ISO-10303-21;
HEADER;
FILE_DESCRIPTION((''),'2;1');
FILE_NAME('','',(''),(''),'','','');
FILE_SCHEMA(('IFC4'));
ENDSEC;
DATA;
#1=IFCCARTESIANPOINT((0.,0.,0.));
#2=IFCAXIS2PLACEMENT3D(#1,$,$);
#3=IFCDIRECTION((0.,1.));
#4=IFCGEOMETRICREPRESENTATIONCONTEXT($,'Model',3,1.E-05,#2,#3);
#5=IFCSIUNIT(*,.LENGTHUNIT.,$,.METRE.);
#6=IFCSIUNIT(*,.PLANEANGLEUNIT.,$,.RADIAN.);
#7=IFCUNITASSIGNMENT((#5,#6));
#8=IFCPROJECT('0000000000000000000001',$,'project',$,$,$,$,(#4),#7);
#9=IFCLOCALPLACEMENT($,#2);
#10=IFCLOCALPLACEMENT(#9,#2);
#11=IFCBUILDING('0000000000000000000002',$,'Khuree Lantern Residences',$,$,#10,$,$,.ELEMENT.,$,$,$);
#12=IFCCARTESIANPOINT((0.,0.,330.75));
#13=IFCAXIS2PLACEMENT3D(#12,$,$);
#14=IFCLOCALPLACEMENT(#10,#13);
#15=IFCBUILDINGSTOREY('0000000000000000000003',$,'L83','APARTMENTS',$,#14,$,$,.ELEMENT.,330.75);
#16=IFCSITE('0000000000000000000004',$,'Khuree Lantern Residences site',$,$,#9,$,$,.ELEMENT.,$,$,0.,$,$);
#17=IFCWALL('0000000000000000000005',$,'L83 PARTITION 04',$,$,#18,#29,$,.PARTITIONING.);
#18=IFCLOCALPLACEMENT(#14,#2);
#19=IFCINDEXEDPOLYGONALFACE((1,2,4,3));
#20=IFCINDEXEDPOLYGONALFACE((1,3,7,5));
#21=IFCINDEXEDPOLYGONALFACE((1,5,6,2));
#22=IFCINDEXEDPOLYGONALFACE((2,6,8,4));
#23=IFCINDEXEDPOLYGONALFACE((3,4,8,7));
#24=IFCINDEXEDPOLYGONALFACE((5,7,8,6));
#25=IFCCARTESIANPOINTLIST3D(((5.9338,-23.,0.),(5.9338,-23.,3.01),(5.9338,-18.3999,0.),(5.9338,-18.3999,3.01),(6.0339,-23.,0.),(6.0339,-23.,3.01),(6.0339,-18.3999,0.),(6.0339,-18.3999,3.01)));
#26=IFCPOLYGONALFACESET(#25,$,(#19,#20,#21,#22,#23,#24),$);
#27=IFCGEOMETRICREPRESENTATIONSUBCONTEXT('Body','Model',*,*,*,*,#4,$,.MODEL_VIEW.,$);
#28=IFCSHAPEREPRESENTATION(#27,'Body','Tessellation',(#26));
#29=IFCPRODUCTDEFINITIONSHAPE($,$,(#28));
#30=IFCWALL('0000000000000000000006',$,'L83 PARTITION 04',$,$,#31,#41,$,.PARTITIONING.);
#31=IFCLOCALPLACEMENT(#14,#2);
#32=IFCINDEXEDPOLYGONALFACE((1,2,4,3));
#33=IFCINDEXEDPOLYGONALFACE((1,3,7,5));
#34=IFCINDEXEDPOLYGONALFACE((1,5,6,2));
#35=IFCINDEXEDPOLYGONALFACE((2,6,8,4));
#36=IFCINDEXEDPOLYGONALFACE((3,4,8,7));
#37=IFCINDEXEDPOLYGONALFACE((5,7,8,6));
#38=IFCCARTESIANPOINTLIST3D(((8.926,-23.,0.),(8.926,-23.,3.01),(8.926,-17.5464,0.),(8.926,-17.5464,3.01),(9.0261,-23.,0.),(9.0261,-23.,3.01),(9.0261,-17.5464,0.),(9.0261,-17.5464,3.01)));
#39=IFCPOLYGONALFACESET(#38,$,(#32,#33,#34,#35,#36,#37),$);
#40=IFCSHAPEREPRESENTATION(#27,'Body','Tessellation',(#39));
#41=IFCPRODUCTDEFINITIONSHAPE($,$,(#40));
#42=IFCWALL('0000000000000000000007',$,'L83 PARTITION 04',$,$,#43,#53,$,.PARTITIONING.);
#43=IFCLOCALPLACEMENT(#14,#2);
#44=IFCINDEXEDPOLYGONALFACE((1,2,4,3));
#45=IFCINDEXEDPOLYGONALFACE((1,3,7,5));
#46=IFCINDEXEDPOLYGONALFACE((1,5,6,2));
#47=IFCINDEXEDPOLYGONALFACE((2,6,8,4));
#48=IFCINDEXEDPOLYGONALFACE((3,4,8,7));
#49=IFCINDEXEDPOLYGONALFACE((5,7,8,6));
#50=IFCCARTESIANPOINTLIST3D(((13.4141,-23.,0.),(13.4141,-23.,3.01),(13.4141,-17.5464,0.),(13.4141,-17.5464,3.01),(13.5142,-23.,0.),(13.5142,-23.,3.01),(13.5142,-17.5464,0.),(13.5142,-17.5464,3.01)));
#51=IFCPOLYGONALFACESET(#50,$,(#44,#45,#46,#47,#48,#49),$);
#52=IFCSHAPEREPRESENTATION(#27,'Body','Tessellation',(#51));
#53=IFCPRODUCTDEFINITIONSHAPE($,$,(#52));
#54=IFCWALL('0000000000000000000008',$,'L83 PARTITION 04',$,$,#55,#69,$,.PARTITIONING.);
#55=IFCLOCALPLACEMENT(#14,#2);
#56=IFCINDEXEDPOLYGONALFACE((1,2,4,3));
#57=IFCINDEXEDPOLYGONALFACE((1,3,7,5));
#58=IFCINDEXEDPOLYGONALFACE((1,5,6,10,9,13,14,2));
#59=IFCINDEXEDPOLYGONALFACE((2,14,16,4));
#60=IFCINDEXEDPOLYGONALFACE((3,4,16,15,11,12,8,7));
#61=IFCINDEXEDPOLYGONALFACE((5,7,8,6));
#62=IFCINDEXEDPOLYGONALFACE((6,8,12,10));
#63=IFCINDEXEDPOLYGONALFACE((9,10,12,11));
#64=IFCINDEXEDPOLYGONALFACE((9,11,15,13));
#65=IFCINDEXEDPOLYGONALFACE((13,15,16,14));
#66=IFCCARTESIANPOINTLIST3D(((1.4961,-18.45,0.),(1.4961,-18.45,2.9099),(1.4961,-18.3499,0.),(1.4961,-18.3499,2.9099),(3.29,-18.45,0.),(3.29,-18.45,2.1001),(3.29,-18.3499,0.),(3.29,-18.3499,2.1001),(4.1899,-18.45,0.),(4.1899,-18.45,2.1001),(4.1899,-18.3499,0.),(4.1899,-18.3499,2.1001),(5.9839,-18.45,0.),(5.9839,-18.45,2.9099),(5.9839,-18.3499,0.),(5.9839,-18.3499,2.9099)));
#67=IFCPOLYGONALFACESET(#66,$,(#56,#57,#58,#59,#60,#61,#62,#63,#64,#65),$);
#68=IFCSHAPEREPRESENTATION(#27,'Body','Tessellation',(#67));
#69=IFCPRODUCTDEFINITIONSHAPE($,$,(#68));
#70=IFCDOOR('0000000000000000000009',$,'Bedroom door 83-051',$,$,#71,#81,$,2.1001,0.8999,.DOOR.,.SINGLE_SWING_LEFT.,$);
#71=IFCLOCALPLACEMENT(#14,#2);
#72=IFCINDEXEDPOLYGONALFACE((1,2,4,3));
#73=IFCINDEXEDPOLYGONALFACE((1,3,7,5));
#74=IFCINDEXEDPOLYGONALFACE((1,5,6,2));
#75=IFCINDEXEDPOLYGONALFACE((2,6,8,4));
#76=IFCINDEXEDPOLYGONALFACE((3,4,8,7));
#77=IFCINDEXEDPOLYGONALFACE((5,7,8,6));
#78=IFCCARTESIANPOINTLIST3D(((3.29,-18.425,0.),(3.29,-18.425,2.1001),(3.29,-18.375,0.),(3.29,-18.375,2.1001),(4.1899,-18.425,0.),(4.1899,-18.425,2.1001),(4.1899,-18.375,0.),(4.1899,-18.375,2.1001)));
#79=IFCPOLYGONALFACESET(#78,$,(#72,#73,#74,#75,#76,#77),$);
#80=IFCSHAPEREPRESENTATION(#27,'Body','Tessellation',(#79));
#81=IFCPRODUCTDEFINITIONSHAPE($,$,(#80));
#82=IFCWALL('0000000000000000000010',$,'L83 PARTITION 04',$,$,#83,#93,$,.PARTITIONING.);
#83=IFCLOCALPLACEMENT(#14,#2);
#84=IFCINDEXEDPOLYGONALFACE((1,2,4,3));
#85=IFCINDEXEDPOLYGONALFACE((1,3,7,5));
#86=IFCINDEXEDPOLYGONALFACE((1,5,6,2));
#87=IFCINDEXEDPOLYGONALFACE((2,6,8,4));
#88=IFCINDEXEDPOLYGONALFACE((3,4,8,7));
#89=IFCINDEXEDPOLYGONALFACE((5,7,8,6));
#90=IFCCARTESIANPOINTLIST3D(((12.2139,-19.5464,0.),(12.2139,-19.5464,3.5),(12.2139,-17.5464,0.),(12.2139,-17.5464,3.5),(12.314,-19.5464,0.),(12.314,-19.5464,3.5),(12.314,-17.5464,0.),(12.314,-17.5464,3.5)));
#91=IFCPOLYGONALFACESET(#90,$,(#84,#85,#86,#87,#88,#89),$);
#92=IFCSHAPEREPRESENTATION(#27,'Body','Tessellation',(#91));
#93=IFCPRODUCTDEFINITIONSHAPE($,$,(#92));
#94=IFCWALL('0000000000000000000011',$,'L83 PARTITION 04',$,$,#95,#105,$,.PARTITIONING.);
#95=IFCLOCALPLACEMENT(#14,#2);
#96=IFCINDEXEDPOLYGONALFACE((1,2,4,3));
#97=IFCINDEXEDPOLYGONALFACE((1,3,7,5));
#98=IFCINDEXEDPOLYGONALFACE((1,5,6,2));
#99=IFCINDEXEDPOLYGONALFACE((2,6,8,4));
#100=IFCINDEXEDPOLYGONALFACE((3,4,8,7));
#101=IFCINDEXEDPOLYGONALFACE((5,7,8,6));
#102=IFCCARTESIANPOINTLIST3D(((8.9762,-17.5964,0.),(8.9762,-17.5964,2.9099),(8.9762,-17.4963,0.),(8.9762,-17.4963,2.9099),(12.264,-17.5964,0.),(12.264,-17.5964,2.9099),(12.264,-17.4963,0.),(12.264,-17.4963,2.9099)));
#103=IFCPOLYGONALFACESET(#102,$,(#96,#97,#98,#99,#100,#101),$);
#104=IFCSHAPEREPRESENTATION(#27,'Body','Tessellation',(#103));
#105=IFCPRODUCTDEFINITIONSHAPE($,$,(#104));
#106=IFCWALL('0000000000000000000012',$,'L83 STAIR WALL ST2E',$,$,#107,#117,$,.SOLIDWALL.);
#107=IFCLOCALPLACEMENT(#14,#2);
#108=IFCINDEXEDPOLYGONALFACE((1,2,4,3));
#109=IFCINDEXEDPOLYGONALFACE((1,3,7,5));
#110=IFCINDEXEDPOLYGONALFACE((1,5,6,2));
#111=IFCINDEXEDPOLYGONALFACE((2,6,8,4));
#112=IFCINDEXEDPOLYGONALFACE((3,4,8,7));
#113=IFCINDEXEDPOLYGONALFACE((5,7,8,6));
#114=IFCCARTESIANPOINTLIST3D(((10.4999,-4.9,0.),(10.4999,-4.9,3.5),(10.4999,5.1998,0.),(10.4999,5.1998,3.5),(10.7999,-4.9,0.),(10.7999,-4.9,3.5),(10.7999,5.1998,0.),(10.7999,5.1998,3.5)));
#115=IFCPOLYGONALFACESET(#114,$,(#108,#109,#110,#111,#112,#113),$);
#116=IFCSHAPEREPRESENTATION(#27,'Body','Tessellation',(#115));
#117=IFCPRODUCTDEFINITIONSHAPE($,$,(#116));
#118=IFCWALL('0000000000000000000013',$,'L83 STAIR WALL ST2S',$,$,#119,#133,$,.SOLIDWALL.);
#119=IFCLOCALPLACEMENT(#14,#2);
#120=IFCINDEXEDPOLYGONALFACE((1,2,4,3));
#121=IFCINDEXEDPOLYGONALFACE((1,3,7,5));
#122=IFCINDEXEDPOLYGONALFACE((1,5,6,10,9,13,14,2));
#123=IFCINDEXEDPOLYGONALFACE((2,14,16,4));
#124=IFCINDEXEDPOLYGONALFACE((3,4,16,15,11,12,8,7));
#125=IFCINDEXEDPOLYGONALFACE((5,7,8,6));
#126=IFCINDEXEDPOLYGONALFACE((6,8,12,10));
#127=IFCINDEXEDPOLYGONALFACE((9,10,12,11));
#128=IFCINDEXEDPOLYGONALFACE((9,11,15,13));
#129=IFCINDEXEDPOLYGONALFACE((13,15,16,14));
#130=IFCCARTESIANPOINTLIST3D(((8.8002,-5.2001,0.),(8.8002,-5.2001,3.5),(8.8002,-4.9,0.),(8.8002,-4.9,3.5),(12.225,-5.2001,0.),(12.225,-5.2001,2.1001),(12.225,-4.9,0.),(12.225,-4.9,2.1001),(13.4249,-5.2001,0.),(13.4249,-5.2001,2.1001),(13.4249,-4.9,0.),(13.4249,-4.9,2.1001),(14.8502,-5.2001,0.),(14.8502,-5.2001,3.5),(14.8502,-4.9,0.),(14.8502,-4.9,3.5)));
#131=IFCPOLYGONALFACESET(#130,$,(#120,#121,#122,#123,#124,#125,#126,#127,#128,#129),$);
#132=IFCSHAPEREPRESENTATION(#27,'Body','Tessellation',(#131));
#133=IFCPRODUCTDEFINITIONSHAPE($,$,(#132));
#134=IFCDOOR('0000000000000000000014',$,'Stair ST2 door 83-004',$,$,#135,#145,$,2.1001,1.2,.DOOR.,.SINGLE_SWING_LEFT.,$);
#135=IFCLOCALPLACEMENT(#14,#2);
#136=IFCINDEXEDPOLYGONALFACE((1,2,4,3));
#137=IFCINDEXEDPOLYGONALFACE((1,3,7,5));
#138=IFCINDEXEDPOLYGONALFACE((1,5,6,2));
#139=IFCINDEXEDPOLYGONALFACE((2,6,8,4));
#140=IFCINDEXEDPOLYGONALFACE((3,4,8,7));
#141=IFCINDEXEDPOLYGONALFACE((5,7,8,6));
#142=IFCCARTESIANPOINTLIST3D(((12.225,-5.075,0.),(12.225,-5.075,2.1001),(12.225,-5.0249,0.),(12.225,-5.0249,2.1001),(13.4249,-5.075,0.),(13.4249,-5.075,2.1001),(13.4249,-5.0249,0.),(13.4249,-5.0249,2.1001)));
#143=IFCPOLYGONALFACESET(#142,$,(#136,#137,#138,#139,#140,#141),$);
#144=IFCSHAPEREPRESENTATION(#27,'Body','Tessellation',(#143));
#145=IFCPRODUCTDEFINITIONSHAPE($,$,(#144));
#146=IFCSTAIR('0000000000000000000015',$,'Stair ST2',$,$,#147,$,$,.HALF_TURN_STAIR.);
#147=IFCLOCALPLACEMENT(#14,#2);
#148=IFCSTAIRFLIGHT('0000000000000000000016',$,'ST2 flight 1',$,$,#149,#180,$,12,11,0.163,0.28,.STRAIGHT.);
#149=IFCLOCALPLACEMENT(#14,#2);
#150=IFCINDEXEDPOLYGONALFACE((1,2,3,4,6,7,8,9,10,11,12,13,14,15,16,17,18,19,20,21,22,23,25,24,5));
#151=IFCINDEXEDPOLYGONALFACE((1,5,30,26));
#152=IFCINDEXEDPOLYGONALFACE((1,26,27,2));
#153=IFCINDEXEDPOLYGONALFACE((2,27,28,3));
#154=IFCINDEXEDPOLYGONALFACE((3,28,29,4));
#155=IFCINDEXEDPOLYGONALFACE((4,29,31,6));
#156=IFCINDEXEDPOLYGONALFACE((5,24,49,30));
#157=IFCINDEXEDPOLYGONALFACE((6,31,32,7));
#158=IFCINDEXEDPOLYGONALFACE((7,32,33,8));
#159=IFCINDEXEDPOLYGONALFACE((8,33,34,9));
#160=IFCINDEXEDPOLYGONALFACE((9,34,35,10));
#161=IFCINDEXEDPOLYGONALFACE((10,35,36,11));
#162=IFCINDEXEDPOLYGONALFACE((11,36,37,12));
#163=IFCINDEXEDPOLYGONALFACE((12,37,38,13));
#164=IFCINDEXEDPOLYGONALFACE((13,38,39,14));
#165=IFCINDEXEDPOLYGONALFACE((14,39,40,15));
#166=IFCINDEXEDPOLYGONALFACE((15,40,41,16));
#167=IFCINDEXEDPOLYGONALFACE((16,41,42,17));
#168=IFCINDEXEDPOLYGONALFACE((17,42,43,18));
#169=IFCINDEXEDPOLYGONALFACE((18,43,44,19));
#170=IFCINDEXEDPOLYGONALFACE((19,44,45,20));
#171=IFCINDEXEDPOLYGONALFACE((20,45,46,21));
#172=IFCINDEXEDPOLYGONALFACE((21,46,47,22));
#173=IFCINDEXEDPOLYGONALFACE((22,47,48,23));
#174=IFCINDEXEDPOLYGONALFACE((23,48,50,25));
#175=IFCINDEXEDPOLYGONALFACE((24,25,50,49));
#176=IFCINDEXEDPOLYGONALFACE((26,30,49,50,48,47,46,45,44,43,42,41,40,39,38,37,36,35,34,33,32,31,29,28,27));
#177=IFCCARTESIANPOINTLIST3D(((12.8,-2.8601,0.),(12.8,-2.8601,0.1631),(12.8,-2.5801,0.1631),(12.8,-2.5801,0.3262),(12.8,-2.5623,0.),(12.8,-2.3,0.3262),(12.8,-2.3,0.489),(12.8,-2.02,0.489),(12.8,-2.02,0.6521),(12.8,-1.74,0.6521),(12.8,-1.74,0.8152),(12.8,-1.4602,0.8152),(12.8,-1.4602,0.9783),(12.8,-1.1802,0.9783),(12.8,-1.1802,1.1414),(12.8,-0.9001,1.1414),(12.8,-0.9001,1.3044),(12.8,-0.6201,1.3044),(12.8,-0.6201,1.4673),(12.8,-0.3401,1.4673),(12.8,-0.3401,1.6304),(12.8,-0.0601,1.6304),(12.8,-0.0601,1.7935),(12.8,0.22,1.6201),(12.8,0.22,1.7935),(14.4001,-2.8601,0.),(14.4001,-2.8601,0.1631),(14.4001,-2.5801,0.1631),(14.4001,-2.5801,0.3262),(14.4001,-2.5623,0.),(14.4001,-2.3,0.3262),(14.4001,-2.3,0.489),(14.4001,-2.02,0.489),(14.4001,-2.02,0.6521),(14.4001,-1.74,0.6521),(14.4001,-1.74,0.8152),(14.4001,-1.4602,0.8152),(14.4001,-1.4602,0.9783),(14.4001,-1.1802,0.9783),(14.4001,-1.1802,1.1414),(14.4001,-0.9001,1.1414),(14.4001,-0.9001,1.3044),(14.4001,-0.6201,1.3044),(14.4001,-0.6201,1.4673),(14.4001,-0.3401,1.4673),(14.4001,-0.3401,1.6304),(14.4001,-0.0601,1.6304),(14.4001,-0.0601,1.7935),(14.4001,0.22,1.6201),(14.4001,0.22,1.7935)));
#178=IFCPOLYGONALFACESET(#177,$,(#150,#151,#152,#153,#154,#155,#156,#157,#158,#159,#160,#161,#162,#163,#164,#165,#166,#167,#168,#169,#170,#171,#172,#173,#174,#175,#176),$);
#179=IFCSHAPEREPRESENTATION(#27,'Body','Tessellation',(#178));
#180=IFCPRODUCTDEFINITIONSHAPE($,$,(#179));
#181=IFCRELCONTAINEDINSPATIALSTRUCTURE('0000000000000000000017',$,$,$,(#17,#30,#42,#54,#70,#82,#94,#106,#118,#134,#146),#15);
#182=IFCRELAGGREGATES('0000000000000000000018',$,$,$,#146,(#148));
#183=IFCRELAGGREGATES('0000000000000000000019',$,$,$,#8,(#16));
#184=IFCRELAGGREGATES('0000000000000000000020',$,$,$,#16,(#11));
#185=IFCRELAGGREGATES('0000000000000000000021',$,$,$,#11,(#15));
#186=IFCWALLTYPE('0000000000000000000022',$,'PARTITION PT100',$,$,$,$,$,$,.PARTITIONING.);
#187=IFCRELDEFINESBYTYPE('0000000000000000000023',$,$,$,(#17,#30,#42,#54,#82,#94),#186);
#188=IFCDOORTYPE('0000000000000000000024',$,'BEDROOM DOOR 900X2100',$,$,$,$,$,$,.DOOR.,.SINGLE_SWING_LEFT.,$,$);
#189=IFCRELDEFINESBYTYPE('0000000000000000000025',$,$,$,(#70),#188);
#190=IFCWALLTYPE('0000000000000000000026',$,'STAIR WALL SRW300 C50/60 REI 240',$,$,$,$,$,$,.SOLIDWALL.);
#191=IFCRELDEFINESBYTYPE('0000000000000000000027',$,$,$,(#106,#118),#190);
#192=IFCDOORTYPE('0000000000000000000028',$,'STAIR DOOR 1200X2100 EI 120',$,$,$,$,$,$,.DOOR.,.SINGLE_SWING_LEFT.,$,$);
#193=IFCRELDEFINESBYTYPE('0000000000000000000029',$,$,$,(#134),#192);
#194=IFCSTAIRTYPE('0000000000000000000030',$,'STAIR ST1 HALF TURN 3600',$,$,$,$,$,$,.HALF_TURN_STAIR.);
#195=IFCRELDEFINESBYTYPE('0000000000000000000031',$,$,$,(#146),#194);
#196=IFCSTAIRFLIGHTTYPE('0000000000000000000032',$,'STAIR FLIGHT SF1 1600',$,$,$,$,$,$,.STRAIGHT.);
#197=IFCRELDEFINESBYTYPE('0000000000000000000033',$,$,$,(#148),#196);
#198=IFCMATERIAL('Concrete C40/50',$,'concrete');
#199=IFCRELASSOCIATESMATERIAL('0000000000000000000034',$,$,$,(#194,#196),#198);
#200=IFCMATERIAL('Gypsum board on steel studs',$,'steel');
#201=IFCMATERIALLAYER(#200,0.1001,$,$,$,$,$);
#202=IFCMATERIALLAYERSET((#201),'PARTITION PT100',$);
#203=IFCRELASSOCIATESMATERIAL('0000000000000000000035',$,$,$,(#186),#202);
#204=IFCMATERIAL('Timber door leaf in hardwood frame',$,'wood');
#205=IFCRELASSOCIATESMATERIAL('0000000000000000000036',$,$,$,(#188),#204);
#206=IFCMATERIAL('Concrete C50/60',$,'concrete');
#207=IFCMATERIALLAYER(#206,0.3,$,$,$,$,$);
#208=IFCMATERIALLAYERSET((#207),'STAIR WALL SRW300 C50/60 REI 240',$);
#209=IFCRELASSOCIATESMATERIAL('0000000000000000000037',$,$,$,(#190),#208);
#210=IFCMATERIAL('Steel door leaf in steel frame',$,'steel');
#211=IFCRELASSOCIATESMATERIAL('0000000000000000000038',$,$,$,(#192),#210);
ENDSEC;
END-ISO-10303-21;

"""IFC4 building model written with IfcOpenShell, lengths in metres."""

from ifc_helpers import new_model, si_unit, direction, frame, frame_2d, origin, place, context, subcontext, project, spatial, polyline, rectangle, outline, extrude, material, layer, layer_set, type_object, element, fill, aggregate, save


model = new_model("IFC4")

# Units and contexts
model_context = context("Model", 3, precision=1e-05, world=origin(), true_north=direction((0.0, 1.0)))
body_context = subcontext(model_context, "Body", "Model", "MODEL_VIEW")
ifc_project = project(units=[si_unit("LENGTHUNIT", "METRE"), si_unit("PLANEANGLEUNIT", "RADIAN")], contexts=[model_context])

# Site, building, storey
site_placement = place(None, origin())
site = spatial("IfcSite", under=ifc_project, at=site_placement, Name="Khuree Lantern Residences site", CompositionType="ELEMENT", RefElevation=0.0)
building_placement = place(site_placement, origin())
building = spatial("IfcBuilding", under=site, at=building_placement, Name="Khuree Lantern Residences", CompositionType="ELEMENT")
storey_placement = place(building_placement, frame((0.0, 0.0, 330.75)))
storey = spatial("IfcBuildingStorey", under=building, at=storey_placement, Name="L83", Description="APARTMENTS", CompositionType="ELEMENT", Elevation=330.75)

# Shared definitions
ifc_material_1 = material(Name="Concrete C40/50", Category="concrete")
stair_type = type_object("IfcStairType", Name="STAIR ST1 HALF TURN 3600", PredefinedType="HALF_TURN_STAIR", material=ifc_material_1)

# Shared definitions
ifc_material_2 = material(Name="Timber door leaf in hardwood frame", Category="wood")

# Walls
ifc_material_3 = material(Name="Gypsum board on steel studs", Category="steel")
ifc_layer_1 = layer(ifc_material_3, 0.1001)
ifc_layer_set_1 = layer_set([ifc_layer_1], Name="PARTITION PT100")
wall_type_1 = type_object("IfcWallType", Name="PARTITION PT100", PredefinedType="PARTITIONING", material=ifc_layer_set_1)
wall_1_placement = place(storey_placement, frame((5.9839, -18.3999, 0.0), z_axis=(0.0, 0.0, 1.0), x_axis=(0.0, -1.0, 0.0)))
element("IfcWall", 1, at=wall_1_placement, inside=storey, type_object=wall_type_1, Name="L83 PARTITION 04", PredefinedType="PARTITIONING", context=body_context, shape_type="SweptSolid", body=[
    extrude(rectangle(XDim=4.6001, YDim=0.1001, at=frame_2d((2.3, 0.0))), origin(), (0.0, 0.0, 1.0), 3.01),
])
for number, where, z_axis, x_axis, name in (
    (2, (8.9761, -17.5464, 0.0), (0.0, 0.0, 1.0), (0.0, -1.0, 0.0), "L83 PARTITION 04"),
    (3, (13.4641, -17.5464, 0.0), (0.0, 0.0, 1.0), (0.0, -1.0, 0.0), "L83 PARTITION 04"),
):
    element("IfcWall", number, at=place(storey_placement, frame(where, z_axis=z_axis, x_axis=x_axis)), inside=storey, type_object=wall_type_1, Name=name, PredefinedType="PARTITIONING", context=body_context, shape_type="SweptSolid", body=[
        extrude(rectangle(XDim=5.4536, YDim=0.1001, at=frame_2d((2.7268, 0.0))), origin(), (0.0, 0.0, 1.0), 3.01),
    ])

# Wall, opening, door
wall_2_placement = place(storey_placement, frame((1.4961, -18.3999, 0.0), z_axis=(0.0, 0.0, 1.0), x_axis=(1.0, 0.0, 0.0)))
wall_2 = element("IfcWall", 4, at=wall_2_placement, inside=storey, type_object=wall_type_1, Name="L83 PARTITION 04", PredefinedType="PARTITIONING", context=body_context, shape_type="SweptSolid", body=[
    extrude(rectangle(XDim=4.4878, YDim=0.1001, at=frame_2d((2.2439, 0.0))), origin(), (0.0, 0.0, 1.0), 2.9099),
])
opening_1_placement = place(wall_2_placement, frame((1.7939, 0.0, 0.0)))
opening_1 = element("IfcOpeningElement", 5, at=opening_1_placement, cuts=wall_2, PredefinedType="OPENING", context=body_context, shape_type="SweptSolid", body=[
    extrude(rectangle(XDim=0.8999, YDim=2.1001, at=frame_2d((0.45, 1.05))), frame((0.0, 0.0601, 0.0), z_axis=(0.0, -1.0, 0.0), x_axis=(1.0, 0.0, 0.0)), (0.0, 0.0, 1.0), 0.1201),
])
door_type_1 = type_object("IfcDoorType", Name="BEDROOM DOOR 900X2100", OperationType="SINGLE_SWING_LEFT", PredefinedType="DOOR", material=ifc_material_2)
door_1_placement = place(opening_1_placement, origin())
door_1 = element("IfcDoor", 6, at=door_1_placement, inside=storey, type_object=door_type_1, Name="Bedroom door 83-051", OperationType="SINGLE_SWING_LEFT", OverallHeight=2.1001, OverallWidth=0.8999, PredefinedType="DOOR", context=body_context, shape_type="SweptSolid", body=[
    extrude(rectangle(XDim=0.8999, YDim=2.1001, at=frame_2d((0.45, 1.05))), frame((0.0, 0.0249, 0.0), z_axis=(0.0, -1.0, 0.0), x_axis=(1.0, 0.0, 0.0)), (0.0, 0.0, 1.0), 0.05),
])
fill(opening_1, door_1)

# Walls
wall_3_placement = place(storey_placement, frame((12.2639, -17.5464, 0.0), z_axis=(0.0, 0.0, 1.0), x_axis=(0.0, -1.0, 0.0)))
element("IfcWall", 7, at=wall_3_placement, inside=storey, type_object=wall_type_1, Name="L83 PARTITION 04", PredefinedType="PARTITIONING", context=body_context, shape_type="SweptSolid", body=[
    extrude(rectangle(XDim=2.0, YDim=0.1001, at=frame_2d((1.0, 0.0))), origin(), (0.0, 0.0, 1.0), 3.5),
])
wall_4_placement = place(storey_placement, frame((8.9761, -17.5464, 0.0), z_axis=(0.0, 0.0, 1.0), x_axis=(1.0, 0.0, 0.0)))
element("IfcWall", 8, at=wall_4_placement, inside=storey, type_object=wall_type_1, Name="L83 PARTITION 04", PredefinedType="PARTITIONING", context=body_context, shape_type="SweptSolid", body=[
    extrude(rectangle(XDim=3.2878, YDim=0.1001, at=frame_2d((1.644, 0.0))), origin(), (0.0, 0.0, 1.0), 2.9099),
])
ifc_material_4 = material(Name="Concrete C50/60", Category="concrete")
ifc_layer_2 = layer(ifc_material_4, 0.3)
ifc_layer_set_2 = layer_set([ifc_layer_2], Name="STAIR WALL SRW300 C50/60 REI 240")
wall_type_2 = type_object("IfcWallType", Name="STAIR WALL SRW300 C50/60 REI 240", PredefinedType="SOLIDWALL", material=ifc_layer_set_2)
wall_5_placement = place(storey_placement, frame((10.6499, -4.8999, 0.0), z_axis=(0.0, 0.0, 1.0), x_axis=(0.0, 1.0, 0.0)))
element("IfcWall", 9, at=wall_5_placement, inside=storey, type_object=wall_type_2, Name="L83 STAIR WALL ST2E", PredefinedType="SOLIDWALL", context=body_context, shape_type="SweptSolid", body=[
    extrude(rectangle(XDim=10.0999, YDim=0.3, at=frame_2d((5.0498, 0.0))), origin(), (0.0, 0.0, 1.0), 3.5),
])

# Wall, opening, door
wall_6_placement = place(storey_placement, frame((14.8501, -5.05, 0.0), z_axis=(0.0, 0.0, 1.0), x_axis=(-1.0, 0.0, 0.0)))
wall_6 = element("IfcWall", 10, at=wall_6_placement, inside=storey, type_object=wall_type_2, Name="L83 STAIR WALL ST2S", PredefinedType="SOLIDWALL", context=body_context, shape_type="SweptSolid", body=[
    extrude(rectangle(XDim=6.05, YDim=0.3, at=frame_2d((3.0249, 0.0))), origin(), (0.0, 0.0, 1.0), 3.5),
])
opening_2_placement = place(wall_6_placement, frame((1.425, 0.0, 0.0)))
opening_2 = element("IfcOpeningElement", 11, at=opening_2_placement, cuts=wall_6, PredefinedType="OPENING", context=body_context, shape_type="SweptSolid", body=[
    extrude(rectangle(XDim=1.2, YDim=2.1001, at=frame_2d((0.6001, 1.05))), frame((0.0, 0.1602, 0.0), z_axis=(0.0, -1.0, 0.0), x_axis=(1.0, 0.0, 0.0)), (0.0, 0.0, 1.0), 0.3201),
])
ifc_material_5 = material(Name="Steel door leaf in steel frame", Category="steel")
door_type_2 = type_object("IfcDoorType", Name="STAIR DOOR 1200X2100 EI 120", OperationType="SINGLE_SWING_LEFT", PredefinedType="DOOR", material=ifc_material_5)
door_2_placement = place(opening_2_placement, origin())
door_2 = element("IfcDoor", 12, at=door_2_placement, inside=storey, type_object=door_type_2, Name="Stair ST2 door 83-004", OperationType="SINGLE_SWING_LEFT", OverallHeight=2.1001, OverallWidth=1.2, PredefinedType="DOOR", context=body_context, shape_type="SweptSolid", body=[
    extrude(rectangle(XDim=1.2, YDim=2.1001, at=frame_2d((0.6001, 1.05))), frame((0.0, 0.0249, 0.0), z_axis=(0.0, -1.0, 0.0), x_axis=(1.0, 0.0, 0.0)), (0.0, 0.0, 1.0), 0.05),
])
fill(opening_2, door_2)

# Stair, stair flight
stair_1_placement = place(storey_placement, origin())
stair_1 = element("IfcStair", 13, at=stair_1_placement, inside=storey, type_object=stair_type, Name="Stair ST2", PredefinedType="HALF_TURN_STAIR")
stair_flight_type = type_object("IfcStairFlightType", Name="STAIR FLIGHT SF1 1600", PredefinedType="STRAIGHT", material=ifc_material_1)
stair_flight_1_placement = place(storey_placement, frame((13.6001, -2.8601, 0.0), z_axis=(0.0, 0.0, 1.0), x_axis=(0.0, 1.0, 0.0)))
stair_flight_1 = element("IfcStairFlight", 14, at=stair_flight_1_placement, type_object=stair_flight_type, Name="ST2 flight 1", NumberOfRisers=12, NumberOfTreads=11, PredefinedType="STRAIGHT", RiserHeight=0.163, TreadLength=0.28, context=body_context, shape_type="SweptSolid", body=[
    extrude(outline(polyline([(0.0, 0.0), (0.0, 0.1631), (0.28, 0.1631), (0.28, 0.3262), (0.5601, 0.3262), (0.5601, 0.489), (0.8401, 0.489), (0.8401, 0.6521), (1.1201, 0.6521), (1.1201, 0.8152), (1.3999, 0.8152), (1.3999, 0.9783), (1.6799, 0.9783), (1.6799, 1.1414), (1.96, 1.1414), (1.96, 1.3044), (2.24, 1.3044), (2.24, 1.4673), (2.52, 1.4673), (2.52, 1.6304), (2.8, 1.6304), (2.8, 1.7935), (3.0801, 1.7935), (3.0801, 1.9565), (3.0801, 1.6201), (0.2979, 0.0), (0.0, 0.0)])), frame((0.0, 0.8, 0.0), z_axis=(0.0, -1.0, 0.0), x_axis=(1.0, 0.0, 0.0)), (0.0, 0.0, 1.0), 1.6001),
])
aggregate(stair_1, [stair_flight_1])

save(model, "model.ifc")
